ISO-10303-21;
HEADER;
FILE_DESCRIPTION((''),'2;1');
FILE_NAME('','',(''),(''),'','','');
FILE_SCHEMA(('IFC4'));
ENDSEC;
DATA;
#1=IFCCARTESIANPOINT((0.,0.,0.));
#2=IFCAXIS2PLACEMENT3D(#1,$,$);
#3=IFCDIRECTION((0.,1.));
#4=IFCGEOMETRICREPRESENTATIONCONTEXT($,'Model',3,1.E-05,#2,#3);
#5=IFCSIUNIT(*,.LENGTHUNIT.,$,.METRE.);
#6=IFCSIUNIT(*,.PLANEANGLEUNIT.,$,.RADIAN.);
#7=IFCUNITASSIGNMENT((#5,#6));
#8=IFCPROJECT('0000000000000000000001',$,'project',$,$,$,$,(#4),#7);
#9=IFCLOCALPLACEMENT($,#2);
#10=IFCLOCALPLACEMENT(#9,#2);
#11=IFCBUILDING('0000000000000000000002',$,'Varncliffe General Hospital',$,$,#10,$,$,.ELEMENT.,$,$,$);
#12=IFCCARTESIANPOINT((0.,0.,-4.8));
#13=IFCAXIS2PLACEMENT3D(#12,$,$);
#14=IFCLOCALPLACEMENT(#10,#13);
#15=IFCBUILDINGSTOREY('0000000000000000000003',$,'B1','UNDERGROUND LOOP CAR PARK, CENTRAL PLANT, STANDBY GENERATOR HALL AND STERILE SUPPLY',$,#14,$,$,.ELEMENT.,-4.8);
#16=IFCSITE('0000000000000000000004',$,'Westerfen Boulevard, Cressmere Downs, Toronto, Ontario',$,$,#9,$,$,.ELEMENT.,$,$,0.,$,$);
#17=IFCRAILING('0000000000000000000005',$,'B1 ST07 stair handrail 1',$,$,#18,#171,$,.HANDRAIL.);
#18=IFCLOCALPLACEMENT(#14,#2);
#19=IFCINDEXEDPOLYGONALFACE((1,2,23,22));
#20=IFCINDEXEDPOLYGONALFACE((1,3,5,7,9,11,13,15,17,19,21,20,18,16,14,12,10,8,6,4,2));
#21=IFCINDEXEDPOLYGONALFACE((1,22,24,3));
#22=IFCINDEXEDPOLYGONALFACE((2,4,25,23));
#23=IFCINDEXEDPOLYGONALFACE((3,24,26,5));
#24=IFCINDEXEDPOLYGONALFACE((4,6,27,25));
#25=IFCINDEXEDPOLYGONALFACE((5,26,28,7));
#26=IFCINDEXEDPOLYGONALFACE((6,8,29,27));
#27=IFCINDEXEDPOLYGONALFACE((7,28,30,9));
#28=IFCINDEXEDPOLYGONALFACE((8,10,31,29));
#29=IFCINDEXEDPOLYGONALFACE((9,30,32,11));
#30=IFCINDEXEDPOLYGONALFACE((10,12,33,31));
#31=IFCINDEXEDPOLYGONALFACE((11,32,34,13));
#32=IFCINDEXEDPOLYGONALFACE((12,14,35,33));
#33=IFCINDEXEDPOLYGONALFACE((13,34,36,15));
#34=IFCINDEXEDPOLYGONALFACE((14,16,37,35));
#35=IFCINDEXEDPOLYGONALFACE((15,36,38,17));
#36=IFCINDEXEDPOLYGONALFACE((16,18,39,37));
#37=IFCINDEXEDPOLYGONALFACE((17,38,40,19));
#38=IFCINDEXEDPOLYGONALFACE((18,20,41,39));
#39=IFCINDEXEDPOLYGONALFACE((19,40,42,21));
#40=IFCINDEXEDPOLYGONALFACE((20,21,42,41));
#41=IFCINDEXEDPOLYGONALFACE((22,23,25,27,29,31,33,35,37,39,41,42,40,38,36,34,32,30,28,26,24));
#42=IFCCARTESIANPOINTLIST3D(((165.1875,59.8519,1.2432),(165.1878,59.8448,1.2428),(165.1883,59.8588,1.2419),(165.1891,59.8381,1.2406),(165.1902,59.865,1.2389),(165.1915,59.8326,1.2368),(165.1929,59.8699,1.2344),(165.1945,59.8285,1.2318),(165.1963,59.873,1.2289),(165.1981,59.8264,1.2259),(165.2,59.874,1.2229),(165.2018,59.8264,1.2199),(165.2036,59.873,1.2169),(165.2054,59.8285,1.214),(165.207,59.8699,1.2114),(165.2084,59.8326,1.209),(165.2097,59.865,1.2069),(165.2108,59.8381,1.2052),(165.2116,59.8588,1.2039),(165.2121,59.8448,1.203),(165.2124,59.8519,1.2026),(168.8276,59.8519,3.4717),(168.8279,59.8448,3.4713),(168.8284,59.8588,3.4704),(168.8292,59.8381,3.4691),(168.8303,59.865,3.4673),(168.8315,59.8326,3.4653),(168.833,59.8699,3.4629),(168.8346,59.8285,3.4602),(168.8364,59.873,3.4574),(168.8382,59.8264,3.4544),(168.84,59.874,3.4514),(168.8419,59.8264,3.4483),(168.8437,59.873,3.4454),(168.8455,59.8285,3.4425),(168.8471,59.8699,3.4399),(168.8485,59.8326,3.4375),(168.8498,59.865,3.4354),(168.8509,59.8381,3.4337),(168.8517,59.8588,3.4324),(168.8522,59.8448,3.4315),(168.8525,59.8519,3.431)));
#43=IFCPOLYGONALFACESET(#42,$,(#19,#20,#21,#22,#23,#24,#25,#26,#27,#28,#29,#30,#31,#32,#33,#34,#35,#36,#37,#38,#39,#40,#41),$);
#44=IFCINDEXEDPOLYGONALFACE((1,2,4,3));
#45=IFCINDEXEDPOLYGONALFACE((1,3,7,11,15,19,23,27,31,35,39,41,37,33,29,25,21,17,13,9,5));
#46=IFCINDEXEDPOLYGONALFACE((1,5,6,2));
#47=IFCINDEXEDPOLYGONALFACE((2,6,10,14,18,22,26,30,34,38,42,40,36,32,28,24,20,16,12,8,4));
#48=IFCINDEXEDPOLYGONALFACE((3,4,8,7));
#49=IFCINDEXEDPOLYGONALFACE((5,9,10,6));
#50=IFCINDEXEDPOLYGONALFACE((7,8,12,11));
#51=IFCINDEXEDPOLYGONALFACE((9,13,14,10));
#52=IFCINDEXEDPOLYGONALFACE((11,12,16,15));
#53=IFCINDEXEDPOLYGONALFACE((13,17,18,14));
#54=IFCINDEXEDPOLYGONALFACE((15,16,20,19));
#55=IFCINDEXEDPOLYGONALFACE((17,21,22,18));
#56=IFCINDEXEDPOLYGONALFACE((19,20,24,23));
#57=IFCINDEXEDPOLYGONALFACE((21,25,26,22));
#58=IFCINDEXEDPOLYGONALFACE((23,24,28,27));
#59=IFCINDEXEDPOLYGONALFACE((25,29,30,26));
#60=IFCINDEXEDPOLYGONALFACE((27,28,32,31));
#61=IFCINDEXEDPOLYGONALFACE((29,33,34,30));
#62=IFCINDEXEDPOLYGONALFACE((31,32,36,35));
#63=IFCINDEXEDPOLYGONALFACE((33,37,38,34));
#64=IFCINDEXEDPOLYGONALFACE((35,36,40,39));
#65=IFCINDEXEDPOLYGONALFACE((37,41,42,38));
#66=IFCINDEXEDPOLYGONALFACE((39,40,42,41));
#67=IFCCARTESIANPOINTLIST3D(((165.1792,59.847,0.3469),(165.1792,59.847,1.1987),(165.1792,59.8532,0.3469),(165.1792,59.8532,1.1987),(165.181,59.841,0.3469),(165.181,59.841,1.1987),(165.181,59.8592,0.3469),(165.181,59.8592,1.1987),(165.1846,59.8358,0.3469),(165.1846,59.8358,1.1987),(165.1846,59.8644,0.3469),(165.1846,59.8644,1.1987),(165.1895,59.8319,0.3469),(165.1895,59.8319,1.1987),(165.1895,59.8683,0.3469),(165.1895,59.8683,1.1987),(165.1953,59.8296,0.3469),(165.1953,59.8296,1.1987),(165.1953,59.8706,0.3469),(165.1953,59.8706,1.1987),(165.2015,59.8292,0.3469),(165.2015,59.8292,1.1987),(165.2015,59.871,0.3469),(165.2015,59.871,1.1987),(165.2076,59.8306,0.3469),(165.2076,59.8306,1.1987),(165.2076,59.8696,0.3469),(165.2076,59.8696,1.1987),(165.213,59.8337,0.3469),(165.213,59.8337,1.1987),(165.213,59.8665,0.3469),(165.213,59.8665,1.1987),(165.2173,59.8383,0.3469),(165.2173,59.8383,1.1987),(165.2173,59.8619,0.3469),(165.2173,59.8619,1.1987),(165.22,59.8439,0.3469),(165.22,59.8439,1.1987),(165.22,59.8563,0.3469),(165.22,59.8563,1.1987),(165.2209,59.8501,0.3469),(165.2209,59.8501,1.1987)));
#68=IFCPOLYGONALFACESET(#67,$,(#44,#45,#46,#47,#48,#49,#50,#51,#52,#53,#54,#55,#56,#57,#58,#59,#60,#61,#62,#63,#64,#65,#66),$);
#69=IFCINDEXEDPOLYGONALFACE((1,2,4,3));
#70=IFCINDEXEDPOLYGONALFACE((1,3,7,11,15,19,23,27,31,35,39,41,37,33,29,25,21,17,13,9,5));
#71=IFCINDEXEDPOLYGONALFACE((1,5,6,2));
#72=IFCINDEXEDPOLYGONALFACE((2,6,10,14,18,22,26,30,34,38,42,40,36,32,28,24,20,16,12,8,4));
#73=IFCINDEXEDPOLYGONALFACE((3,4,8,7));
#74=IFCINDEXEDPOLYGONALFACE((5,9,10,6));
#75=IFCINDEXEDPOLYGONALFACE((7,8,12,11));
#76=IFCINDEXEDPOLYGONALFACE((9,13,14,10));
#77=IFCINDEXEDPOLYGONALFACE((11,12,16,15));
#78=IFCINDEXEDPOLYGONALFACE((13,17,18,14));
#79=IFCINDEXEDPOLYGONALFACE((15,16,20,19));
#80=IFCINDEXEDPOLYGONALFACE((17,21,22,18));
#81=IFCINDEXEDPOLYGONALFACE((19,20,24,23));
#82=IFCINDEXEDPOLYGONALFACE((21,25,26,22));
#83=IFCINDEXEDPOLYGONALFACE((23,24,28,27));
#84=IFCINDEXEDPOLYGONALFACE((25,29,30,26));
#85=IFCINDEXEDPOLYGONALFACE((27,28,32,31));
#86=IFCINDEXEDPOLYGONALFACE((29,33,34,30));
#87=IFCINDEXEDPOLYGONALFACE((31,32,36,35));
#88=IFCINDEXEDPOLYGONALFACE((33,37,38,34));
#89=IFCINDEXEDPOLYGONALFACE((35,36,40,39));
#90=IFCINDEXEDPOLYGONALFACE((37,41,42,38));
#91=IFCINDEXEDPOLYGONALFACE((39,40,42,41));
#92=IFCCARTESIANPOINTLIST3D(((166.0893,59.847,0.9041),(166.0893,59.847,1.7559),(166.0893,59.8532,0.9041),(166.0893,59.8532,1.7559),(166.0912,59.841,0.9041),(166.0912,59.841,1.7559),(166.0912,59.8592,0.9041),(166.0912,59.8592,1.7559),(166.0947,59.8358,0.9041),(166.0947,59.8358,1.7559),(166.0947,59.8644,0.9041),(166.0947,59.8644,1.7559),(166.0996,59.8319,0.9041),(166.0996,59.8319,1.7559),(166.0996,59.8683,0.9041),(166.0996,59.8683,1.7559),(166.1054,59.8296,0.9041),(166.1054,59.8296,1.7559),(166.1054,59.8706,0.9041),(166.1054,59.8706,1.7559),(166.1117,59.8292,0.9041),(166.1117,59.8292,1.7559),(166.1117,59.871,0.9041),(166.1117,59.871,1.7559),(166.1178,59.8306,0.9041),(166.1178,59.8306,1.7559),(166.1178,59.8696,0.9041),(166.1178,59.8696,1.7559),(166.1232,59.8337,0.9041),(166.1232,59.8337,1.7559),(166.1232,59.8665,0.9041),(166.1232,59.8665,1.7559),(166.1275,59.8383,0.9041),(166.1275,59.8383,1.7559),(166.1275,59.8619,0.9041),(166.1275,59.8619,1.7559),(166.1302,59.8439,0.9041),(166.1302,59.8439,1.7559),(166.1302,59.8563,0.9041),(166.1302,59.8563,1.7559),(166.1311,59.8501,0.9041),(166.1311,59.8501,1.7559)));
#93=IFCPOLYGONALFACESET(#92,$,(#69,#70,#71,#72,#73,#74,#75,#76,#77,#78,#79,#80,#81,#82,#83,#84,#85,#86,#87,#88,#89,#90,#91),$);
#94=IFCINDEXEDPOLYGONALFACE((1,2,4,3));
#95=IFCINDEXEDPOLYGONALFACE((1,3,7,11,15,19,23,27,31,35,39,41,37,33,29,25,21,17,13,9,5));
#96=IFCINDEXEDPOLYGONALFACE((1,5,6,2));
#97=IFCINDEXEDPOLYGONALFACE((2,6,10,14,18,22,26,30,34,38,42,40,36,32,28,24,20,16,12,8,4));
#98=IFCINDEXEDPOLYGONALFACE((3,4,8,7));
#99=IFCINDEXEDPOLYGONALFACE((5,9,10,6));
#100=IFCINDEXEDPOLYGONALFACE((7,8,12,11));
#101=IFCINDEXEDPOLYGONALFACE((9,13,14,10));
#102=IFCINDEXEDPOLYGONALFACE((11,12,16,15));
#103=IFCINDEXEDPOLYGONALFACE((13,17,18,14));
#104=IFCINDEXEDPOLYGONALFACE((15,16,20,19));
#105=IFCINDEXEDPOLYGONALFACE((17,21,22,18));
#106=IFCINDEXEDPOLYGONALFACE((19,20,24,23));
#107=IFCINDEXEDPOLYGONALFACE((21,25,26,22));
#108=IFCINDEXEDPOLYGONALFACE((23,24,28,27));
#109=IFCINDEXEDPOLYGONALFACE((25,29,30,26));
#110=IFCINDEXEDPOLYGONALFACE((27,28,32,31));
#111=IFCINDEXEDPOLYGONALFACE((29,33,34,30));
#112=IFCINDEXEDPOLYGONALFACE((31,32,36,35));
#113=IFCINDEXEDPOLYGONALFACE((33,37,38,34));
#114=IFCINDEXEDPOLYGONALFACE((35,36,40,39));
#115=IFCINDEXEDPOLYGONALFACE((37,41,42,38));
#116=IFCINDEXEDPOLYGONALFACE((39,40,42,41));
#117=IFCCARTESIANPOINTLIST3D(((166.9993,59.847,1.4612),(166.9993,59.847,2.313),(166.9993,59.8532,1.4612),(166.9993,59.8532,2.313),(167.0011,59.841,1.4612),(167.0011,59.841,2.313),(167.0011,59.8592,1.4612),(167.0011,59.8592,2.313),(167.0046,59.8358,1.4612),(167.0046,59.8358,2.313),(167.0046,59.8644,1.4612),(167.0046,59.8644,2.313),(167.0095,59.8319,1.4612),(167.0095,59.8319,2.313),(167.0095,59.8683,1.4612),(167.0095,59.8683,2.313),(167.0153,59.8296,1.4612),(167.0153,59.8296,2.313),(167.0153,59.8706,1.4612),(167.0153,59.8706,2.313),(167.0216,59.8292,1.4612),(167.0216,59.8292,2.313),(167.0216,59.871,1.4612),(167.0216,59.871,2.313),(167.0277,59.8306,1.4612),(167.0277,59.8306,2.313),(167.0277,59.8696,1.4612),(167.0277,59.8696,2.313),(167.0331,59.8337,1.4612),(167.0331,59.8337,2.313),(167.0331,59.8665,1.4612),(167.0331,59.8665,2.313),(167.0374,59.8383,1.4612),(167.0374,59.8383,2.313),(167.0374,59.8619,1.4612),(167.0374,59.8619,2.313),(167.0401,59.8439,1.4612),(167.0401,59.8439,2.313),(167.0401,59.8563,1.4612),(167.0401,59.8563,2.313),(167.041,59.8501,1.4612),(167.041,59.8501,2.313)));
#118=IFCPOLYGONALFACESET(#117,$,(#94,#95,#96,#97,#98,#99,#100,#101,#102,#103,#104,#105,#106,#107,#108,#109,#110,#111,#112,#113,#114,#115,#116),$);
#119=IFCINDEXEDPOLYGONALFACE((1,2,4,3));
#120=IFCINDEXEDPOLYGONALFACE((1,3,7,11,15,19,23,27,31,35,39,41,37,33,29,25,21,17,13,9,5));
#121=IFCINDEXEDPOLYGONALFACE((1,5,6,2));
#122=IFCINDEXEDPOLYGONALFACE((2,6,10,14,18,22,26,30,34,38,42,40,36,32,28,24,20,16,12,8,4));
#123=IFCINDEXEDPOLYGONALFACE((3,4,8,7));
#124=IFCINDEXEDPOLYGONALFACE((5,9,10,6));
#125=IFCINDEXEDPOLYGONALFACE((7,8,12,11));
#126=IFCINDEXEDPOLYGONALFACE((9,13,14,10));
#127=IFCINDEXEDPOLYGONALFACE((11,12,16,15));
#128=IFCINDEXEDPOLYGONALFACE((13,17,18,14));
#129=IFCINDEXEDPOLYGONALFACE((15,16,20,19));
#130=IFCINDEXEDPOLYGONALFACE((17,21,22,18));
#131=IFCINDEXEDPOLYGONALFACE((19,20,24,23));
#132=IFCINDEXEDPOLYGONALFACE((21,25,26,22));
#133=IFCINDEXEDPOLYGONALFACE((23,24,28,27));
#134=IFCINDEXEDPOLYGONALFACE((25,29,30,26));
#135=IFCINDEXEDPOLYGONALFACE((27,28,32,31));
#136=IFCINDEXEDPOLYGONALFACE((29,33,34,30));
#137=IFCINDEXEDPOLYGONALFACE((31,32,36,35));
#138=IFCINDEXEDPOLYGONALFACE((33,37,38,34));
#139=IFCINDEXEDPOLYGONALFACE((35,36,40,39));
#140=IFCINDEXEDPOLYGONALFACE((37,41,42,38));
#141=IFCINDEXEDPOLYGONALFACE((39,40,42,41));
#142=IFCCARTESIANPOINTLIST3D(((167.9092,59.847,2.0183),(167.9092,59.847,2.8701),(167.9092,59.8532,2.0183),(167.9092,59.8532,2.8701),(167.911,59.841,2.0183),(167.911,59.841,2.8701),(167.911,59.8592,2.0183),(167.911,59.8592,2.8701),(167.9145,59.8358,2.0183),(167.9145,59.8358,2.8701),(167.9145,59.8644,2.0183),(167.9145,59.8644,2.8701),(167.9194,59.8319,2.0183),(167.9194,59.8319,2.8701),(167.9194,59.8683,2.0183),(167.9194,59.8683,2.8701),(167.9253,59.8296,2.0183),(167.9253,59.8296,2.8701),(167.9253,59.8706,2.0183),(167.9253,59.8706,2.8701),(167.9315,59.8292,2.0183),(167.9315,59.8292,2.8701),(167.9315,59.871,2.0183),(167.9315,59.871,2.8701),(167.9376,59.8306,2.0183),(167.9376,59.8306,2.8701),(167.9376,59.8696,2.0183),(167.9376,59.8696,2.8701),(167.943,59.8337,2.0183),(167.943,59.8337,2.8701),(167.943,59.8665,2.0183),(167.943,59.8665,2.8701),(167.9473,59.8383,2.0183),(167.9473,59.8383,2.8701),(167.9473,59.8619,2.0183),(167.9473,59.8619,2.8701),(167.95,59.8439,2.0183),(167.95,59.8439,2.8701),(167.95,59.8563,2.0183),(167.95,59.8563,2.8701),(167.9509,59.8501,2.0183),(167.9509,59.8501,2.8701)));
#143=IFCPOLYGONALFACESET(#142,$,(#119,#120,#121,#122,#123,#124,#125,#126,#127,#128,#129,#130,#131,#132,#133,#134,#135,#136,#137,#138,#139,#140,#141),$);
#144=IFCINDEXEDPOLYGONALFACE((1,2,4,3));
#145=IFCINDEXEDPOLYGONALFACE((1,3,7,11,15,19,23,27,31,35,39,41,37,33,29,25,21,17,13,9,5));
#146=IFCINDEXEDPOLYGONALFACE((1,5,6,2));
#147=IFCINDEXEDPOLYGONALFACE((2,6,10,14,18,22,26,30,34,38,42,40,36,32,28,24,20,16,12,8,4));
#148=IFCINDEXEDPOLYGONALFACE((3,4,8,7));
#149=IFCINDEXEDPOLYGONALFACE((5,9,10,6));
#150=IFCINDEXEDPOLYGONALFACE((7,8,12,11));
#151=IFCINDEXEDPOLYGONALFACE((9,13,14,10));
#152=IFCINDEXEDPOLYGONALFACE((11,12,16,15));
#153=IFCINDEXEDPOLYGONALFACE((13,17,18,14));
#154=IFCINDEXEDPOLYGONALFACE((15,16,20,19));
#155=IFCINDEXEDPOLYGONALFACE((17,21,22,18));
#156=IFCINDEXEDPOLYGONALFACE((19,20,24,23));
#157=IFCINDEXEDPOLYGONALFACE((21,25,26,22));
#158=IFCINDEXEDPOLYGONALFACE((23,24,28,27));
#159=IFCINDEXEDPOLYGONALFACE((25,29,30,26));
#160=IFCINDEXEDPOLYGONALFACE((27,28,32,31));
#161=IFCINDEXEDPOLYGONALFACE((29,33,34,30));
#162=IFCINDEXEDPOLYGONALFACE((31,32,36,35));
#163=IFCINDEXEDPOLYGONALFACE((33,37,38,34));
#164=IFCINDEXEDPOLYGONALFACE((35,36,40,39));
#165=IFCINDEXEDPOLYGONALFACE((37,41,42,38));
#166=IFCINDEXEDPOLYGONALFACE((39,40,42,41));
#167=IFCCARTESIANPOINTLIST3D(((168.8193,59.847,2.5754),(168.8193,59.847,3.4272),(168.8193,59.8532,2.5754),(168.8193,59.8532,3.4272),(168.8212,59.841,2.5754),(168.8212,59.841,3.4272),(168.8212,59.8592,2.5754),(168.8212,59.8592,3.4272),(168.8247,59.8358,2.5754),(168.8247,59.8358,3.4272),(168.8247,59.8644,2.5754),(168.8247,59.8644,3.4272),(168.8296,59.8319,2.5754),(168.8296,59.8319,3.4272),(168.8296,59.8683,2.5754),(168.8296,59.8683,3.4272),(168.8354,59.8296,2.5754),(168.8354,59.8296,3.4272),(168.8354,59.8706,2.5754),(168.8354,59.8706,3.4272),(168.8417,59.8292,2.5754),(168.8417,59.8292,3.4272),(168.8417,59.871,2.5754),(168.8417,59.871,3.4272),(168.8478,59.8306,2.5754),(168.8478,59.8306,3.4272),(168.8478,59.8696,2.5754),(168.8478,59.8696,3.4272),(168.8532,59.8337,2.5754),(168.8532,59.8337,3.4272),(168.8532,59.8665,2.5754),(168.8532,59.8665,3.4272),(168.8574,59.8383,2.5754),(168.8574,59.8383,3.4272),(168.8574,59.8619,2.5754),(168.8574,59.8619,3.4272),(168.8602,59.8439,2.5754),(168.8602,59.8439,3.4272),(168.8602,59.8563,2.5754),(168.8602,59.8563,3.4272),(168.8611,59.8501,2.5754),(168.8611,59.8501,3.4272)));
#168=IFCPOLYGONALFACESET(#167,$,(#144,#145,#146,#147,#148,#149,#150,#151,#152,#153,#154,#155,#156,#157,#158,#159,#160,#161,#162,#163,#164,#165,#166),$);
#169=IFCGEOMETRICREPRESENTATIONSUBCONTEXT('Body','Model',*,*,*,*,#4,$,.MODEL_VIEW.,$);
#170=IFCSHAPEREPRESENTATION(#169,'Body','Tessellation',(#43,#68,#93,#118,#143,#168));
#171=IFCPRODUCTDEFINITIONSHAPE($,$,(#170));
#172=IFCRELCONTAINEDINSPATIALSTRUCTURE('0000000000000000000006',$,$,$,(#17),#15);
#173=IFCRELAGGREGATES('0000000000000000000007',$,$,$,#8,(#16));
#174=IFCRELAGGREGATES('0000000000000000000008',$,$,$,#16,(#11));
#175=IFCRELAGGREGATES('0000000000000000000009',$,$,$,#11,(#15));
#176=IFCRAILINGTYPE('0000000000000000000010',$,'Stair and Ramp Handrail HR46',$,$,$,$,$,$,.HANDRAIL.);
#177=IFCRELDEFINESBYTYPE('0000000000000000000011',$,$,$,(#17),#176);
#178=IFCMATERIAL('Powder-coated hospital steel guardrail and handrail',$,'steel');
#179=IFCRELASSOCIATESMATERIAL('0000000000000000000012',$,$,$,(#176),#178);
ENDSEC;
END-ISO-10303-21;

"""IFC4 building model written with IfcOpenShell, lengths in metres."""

from ifc_helpers import new_model, si_unit, direction, frame, origin, origin_2d, place, context, subcontext, project, spatial, circle, extrude, material, type_object, element, save


model = new_model("IFC4")

# Units and contexts
model_context = context("Model", 3, precision=1e-05, world=origin(), true_north=direction((0.0, 1.0)))
body_context = subcontext(model_context, "Body", "Model", "MODEL_VIEW")
ifc_project = project(units=[si_unit("LENGTHUNIT", "METRE"), si_unit("PLANEANGLEUNIT", "RADIAN")], contexts=[model_context])

# Site, building, storey
site_placement = place(None, origin())
site = spatial("IfcSite", under=ifc_project, at=site_placement, Name="Westerfen Boulevard, Cressmere Downs, Toronto, Ontario", CompositionType="ELEMENT", RefElevation=0.0)
building_placement = place(site_placement, origin())
building = spatial("IfcBuilding", under=site, at=building_placement, Name="Varncliffe General Hospital", CompositionType="ELEMENT")
storey_placement = place(building_placement, frame((0.0, 0.0, -4.8)))
storey = spatial("IfcBuildingStorey", under=building, at=storey_placement, Name="B1", Description="UNDERGROUND LOOP CAR PARK, CENTRAL PLANT, STANDBY GENERATOR HALL AND STERILE SUPPLY", CompositionType="ELEMENT", Elevation=-4.8)

# Railing
ifc_material_1 = material(Name="Powder-coated hospital steel guardrail and handrail", Category="steel")
railing_type_1 = type_object("IfcRailingType", Name="Stair and Ramp Handrail HR46", PredefinedType="HANDRAIL", material=ifc_material_1)
railing_1_placement = place(storey_placement, frame((165.2, 59.8501, 0.3469)))
element("IfcRailing", 1, at=railing_1_placement, inside=storey, type_object=railing_type_1, Name="B1 ST07 stair handrail 1", PredefinedType="HANDRAIL", context=body_context, shape_type="SweptSolid", body=[
    extrude(circle(Radius=0.0239, at=origin_2d()), frame((0.0, 0.0, 0.876), z_axis=(0.852866, 0.0, 0.52213), x_axis=(0.0, 1.0, 0.0)), (0.0, 0.0, 1.0), 4.2681),
    extrude(circle(Radius=0.021, at=origin_2d()), origin(), (0.0, 0.0, 1.0), 0.8518),
    extrude(circle(Radius=0.021, at=origin_2d()), frame((0.9102, 0.0, 0.5571)), (0.0, 0.0, 1.0), 0.8518),
    extrude(circle(Radius=0.021, at=origin_2d()), frame((1.8201, 0.0, 1.1143)), (0.0, 0.0, 1.0), 0.8518),
    extrude(circle(Radius=0.021, at=origin_2d()), frame((2.73, 0.0, 1.6714)), (0.0, 0.0, 1.0), 0.8518),
    extrude(circle(Radius=0.021, at=origin_2d()), frame((3.6401, 0.0, 2.2285)), (0.0, 0.0, 1.0), 0.8518),
])

save(model, "model.ifc")
